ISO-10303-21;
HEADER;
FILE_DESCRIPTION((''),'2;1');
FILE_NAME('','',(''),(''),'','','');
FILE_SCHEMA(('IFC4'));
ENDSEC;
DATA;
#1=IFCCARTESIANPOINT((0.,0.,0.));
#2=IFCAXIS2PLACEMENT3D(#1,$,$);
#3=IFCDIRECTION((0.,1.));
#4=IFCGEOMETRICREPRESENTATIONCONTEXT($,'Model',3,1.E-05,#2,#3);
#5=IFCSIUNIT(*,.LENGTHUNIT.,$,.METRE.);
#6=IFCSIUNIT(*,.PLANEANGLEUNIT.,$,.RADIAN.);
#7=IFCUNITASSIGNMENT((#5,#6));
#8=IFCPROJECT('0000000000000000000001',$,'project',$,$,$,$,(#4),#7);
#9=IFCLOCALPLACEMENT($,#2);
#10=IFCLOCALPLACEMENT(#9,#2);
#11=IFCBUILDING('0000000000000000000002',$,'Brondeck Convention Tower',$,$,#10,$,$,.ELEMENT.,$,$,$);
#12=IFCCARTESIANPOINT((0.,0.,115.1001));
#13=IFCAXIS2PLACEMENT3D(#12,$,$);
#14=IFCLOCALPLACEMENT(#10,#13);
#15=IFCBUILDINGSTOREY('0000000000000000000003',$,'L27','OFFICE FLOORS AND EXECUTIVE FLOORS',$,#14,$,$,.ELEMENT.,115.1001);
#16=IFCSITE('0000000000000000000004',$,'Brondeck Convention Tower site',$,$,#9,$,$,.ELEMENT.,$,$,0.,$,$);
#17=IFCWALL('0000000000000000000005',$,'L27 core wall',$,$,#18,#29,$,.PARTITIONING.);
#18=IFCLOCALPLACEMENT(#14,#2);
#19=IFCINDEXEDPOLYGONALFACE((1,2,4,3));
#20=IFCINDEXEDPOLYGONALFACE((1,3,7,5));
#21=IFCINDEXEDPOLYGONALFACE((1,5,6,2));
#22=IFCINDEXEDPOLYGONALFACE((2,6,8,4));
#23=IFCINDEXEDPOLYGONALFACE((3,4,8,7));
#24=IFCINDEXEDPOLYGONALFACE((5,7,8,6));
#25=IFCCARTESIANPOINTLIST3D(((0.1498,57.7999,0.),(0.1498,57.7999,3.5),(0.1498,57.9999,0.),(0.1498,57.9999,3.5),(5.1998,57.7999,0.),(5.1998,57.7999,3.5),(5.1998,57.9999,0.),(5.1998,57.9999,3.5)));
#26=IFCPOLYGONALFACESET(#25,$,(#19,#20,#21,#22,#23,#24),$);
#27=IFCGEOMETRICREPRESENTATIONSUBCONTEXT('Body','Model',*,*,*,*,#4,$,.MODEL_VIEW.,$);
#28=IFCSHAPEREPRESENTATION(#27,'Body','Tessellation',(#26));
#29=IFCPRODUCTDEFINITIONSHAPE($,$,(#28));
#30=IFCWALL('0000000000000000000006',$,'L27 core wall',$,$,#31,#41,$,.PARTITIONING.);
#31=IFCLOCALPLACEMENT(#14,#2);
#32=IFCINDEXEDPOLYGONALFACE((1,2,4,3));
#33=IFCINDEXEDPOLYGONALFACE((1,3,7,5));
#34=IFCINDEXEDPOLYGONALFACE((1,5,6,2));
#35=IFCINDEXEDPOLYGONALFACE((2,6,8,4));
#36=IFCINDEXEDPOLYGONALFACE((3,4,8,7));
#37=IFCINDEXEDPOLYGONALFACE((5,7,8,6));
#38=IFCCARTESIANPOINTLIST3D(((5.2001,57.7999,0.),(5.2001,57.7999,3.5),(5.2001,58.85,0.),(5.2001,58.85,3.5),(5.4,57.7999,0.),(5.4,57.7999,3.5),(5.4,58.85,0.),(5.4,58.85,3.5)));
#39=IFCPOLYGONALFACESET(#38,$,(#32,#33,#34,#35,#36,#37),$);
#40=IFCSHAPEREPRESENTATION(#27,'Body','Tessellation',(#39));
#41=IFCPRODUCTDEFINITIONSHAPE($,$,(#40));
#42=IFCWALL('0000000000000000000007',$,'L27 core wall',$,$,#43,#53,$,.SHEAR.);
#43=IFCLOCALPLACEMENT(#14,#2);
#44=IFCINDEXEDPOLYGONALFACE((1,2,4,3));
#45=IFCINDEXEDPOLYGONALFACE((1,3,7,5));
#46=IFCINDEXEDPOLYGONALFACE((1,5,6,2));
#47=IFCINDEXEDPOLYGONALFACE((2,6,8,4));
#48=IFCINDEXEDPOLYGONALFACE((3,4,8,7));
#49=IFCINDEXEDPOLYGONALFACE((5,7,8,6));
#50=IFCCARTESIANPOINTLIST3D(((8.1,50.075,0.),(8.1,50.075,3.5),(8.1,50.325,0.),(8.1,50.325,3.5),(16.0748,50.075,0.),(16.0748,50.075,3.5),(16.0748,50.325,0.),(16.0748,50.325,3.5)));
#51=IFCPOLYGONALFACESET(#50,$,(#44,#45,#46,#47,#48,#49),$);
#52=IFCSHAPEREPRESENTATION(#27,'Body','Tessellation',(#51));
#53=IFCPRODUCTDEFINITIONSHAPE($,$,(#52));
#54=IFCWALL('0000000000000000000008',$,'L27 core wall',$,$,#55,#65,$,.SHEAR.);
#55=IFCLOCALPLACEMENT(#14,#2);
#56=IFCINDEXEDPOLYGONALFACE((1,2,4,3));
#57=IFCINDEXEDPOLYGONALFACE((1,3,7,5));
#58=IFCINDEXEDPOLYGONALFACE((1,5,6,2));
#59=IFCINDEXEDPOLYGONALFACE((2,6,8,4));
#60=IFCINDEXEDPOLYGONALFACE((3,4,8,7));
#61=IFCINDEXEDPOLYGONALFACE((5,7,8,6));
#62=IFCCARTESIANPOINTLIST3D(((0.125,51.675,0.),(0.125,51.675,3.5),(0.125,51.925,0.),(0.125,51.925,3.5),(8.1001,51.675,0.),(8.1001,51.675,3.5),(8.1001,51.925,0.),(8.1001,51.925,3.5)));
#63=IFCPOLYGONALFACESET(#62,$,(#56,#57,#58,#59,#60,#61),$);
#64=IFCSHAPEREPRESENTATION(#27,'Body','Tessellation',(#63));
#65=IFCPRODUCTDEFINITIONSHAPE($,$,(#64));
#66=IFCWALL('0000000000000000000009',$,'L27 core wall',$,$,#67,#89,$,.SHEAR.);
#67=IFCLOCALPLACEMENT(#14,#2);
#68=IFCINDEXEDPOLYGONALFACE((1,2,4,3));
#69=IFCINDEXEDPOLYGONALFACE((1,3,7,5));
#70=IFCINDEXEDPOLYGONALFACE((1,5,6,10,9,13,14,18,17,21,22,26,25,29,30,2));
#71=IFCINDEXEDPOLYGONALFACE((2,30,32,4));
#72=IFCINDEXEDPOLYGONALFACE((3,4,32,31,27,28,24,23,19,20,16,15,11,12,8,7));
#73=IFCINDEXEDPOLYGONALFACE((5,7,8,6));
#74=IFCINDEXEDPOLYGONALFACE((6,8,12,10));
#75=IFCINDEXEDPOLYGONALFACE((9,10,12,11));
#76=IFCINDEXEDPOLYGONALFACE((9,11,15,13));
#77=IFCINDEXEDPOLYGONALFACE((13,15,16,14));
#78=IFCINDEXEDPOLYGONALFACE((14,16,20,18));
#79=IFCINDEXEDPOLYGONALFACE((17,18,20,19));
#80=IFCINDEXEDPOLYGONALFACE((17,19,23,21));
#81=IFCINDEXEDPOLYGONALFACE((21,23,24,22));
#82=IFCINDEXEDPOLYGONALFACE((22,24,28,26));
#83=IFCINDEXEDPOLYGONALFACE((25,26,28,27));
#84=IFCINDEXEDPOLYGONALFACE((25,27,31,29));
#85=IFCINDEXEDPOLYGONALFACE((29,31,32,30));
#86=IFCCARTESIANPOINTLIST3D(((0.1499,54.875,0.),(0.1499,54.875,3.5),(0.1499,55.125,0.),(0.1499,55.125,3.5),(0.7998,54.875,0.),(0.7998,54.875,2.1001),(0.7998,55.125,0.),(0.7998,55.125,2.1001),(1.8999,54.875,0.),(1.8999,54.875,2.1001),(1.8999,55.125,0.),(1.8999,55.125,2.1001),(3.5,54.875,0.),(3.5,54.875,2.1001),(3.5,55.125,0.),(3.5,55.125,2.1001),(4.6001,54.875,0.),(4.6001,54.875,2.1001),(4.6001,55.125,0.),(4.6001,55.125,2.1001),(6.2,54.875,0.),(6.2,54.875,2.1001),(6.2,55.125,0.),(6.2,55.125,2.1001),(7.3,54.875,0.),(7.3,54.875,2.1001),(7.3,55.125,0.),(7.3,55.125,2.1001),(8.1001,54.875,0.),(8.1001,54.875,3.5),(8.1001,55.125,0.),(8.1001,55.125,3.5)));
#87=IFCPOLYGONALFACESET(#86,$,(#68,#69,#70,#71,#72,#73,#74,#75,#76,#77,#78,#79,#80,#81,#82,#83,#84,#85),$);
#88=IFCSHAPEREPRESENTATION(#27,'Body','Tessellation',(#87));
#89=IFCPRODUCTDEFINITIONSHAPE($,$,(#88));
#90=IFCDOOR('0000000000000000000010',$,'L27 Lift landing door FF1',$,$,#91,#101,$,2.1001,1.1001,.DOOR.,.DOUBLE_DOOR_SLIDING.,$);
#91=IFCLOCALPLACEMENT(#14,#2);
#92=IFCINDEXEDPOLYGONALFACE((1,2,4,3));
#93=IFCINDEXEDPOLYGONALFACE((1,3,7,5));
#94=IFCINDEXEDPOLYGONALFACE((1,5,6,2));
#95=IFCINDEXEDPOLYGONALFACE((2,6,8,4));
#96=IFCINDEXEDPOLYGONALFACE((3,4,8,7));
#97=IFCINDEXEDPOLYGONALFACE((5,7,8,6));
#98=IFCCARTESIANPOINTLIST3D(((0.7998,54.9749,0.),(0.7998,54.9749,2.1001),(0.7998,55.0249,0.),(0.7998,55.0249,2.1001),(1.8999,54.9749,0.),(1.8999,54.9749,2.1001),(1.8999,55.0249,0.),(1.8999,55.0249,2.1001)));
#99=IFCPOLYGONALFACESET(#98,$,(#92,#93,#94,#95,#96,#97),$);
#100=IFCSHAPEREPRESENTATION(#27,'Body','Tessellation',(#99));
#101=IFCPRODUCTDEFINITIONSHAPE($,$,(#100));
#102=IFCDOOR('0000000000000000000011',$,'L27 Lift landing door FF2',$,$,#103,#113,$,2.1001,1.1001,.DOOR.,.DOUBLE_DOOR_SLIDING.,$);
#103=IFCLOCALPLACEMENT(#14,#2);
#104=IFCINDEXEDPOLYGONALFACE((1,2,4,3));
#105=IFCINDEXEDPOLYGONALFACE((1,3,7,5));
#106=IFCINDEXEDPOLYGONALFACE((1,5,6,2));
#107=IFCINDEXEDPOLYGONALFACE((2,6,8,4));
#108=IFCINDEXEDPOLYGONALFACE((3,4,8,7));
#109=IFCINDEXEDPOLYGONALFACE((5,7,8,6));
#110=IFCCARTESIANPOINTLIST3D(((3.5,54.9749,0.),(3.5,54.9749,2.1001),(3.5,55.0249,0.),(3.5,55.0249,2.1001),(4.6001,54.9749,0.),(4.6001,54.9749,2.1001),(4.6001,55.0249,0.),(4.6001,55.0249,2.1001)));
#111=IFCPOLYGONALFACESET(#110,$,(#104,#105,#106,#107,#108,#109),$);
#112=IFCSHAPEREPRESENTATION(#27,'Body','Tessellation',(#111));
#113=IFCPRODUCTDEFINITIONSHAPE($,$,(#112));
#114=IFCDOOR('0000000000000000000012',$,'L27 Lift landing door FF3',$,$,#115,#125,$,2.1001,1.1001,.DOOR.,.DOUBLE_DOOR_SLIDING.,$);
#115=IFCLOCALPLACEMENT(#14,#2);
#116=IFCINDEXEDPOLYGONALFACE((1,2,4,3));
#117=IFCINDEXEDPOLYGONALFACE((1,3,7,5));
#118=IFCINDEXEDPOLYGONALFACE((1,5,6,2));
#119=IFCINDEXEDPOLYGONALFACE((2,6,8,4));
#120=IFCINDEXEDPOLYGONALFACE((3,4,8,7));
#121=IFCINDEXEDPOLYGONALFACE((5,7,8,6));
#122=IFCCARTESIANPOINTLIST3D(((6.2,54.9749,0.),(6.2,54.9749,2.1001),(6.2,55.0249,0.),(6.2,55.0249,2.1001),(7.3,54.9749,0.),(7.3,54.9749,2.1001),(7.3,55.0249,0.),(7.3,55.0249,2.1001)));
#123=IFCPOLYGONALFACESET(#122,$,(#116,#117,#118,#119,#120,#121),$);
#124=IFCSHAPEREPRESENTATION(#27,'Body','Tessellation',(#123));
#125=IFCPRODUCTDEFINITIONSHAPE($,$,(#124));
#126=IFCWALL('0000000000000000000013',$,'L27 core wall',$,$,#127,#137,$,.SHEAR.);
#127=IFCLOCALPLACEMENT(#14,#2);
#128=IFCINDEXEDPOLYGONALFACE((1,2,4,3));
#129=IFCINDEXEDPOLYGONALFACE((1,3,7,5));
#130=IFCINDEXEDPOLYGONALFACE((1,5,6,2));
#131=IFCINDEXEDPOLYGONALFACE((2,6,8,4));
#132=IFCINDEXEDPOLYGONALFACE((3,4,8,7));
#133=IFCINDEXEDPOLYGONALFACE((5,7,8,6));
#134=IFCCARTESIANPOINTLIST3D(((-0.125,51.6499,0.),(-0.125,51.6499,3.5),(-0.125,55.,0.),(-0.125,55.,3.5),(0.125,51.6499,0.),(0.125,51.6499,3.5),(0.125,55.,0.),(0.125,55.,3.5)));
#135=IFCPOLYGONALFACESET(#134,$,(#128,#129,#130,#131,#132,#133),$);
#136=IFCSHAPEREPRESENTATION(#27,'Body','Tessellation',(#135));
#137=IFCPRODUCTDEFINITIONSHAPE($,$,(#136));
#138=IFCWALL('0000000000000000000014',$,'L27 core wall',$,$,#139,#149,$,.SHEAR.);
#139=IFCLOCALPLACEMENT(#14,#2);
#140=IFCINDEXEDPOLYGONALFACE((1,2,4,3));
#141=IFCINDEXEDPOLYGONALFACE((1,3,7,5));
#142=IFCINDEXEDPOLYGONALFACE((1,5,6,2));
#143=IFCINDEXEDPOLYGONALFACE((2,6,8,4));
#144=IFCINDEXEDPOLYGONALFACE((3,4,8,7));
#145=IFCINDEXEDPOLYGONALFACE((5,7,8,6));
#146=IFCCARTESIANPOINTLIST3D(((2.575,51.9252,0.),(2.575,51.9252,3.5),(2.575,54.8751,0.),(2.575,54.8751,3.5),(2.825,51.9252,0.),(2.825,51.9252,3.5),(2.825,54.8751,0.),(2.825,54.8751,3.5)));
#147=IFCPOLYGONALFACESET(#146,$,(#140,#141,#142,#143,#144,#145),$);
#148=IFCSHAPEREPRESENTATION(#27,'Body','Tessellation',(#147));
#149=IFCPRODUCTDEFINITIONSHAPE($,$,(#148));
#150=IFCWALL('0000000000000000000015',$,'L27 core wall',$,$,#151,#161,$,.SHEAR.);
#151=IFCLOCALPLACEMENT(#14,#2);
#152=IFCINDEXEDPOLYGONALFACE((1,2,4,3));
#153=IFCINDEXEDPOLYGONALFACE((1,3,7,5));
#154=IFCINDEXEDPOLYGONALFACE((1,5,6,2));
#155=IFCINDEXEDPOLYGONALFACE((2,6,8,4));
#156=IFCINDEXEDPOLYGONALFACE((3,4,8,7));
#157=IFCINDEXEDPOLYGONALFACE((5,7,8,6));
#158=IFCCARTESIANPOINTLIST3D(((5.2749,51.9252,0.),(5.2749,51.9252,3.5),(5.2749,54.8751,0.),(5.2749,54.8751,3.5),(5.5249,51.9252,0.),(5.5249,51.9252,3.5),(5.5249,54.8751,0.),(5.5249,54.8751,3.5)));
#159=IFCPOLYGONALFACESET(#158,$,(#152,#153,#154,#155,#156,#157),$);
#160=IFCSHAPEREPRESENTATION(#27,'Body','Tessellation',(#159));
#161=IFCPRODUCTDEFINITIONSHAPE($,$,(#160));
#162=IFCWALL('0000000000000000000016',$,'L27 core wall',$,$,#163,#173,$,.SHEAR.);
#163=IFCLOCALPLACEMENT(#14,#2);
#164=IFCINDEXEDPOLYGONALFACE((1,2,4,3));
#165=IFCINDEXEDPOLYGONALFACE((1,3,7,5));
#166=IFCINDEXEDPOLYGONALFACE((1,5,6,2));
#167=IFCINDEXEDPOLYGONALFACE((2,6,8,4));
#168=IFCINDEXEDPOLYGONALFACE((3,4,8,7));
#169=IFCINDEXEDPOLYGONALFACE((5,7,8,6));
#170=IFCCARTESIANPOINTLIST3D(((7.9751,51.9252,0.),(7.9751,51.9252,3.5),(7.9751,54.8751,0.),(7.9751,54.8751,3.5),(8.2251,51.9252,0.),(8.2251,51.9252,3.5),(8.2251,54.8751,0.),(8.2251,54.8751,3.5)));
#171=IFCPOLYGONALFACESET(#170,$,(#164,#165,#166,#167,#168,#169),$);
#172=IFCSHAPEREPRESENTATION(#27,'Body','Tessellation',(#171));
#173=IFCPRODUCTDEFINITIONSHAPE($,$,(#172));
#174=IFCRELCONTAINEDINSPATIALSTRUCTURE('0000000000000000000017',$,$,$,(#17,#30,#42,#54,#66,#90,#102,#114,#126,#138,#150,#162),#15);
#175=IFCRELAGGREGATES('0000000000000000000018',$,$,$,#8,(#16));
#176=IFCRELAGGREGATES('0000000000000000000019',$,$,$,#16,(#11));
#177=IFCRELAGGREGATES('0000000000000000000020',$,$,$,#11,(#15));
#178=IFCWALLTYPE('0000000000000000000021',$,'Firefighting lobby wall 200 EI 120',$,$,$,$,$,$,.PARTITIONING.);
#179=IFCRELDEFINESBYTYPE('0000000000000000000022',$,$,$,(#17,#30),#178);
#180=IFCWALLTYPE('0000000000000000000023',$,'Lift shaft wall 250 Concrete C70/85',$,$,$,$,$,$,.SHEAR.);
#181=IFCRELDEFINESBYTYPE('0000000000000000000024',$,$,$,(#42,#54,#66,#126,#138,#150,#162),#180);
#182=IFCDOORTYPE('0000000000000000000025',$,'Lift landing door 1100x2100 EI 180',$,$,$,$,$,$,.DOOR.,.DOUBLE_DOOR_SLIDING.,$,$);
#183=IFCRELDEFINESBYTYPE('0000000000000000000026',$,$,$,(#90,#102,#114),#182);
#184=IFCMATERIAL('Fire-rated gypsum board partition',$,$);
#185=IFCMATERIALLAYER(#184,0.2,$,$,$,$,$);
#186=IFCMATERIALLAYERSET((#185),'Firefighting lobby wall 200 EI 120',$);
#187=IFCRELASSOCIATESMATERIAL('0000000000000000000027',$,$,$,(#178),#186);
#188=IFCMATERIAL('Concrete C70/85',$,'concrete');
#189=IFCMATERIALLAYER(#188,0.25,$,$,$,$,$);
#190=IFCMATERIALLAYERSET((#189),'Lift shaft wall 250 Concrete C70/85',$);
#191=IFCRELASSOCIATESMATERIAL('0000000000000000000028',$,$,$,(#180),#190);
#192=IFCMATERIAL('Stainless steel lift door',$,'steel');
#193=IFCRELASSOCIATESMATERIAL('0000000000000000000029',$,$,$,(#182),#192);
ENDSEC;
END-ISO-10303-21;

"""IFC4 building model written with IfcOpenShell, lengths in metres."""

from ifc_helpers import new_model, si_unit, direction, frame, frame_2d, origin, place, context, subcontext, project, spatial, rectangle, extrude, material, layer, layer_set, type_object, element, fill, save


model = new_model("IFC4")

# Units and contexts
model_context = context("Model", 3, precision=1e-05, world=origin(), true_north=direction((0.0, 1.0)))
body_context = subcontext(model_context, "Body", "Model", "MODEL_VIEW")
ifc_project = project(units=[si_unit("LENGTHUNIT", "METRE"), si_unit("PLANEANGLEUNIT", "RADIAN")], contexts=[model_context])

# Site, building, storey
site_placement = place(None, origin())
site = spatial("IfcSite", under=ifc_project, at=site_placement, Name="Brondeck Convention Tower site", CompositionType="ELEMENT", RefElevation=0.0)
building_placement = place(site_placement, origin())
building = spatial("IfcBuilding", under=site, at=building_placement, Name="Brondeck Convention Tower", CompositionType="ELEMENT")
storey_placement = place(building_placement, frame((0.0, 0.0, 115.1001)))
storey = spatial("IfcBuildingStorey", under=building, at=storey_placement, Name="L27", Description="OFFICE FLOORS AND EXECUTIVE FLOORS", CompositionType="ELEMENT", Elevation=115.1001)

# Shared definitions
ifc_material_1 = material(Name="Concrete C70/85", Category="concrete")

# Shared definitions
ifc_material_2 = material(Name="Fire-rated gypsum board partition")

# Shared definitions
ifc_layer_1 = layer(ifc_material_2, 0.2)
ifc_layer_set_1 = layer_set([ifc_layer_1], Name="Firefighting lobby wall 200 EI 120")
wall_type_1 = type_object("IfcWallType", Name="Firefighting lobby wall 200 EI 120", PredefinedType="PARTITIONING", material=ifc_layer_set_1)

# Walls
wall_1_placement = place(storey_placement, frame((0.1499, 57.8999, 0.0), z_axis=(0.0, 0.0, 1.0), x_axis=(1.0, 0.0, 0.0)))
element("IfcWall", 1, at=wall_1_placement, inside=storey, type_object=wall_type_1, Name="L27 core wall", PredefinedType="PARTITIONING", context=body_context, shape_type="SweptSolid", body=[
    extrude(rectangle(XDim=5.05, YDim=0.2, at=frame_2d((2.5249, 0.0))), origin(), (0.0, 0.0, 1.0), 3.5),
])
wall_2_placement = place(storey_placement, frame((5.3, 57.8, 0.0), z_axis=(0.0, 0.0, 1.0), x_axis=(0.0, 1.0, 0.0)))
element("IfcWall", 2, at=wall_2_placement, inside=storey, type_object=wall_type_1, Name="L27 core wall", PredefinedType="PARTITIONING", context=body_context, shape_type="SweptSolid", body=[
    extrude(rectangle(XDim=1.05, YDim=0.2, at=frame_2d((0.5249, 0.0))), origin(), (0.0, 0.0, 1.0), 3.5),
])
ifc_layer_2 = layer(ifc_material_1, 0.25)
ifc_layer_set_2 = layer_set([ifc_layer_2], Name="Lift shaft wall 250 Concrete C70/85")
wall_type_2 = type_object("IfcWallType", Name="Lift shaft wall 250 Concrete C70/85", PredefinedType="SHEAR", material=ifc_layer_set_2)
wall_3_placement = place(storey_placement, frame((8.1001, 50.2, 0.0), z_axis=(0.0, 0.0, 1.0), x_axis=(1.0, 0.0, 0.0)))
element("IfcWall", 3, at=wall_3_placement, inside=storey, type_object=wall_type_2, Name="L27 core wall", PredefinedType="SHEAR", context=body_context, shape_type="SweptSolid", body=[
    extrude(rectangle(XDim=7.9749, YDim=0.25, at=frame_2d((3.9873, 0.0))), origin(), (0.0, 0.0, 1.0), 3.5),
])
wall_4_placement = place(storey_placement, frame((0.125, 51.8, 0.0), z_axis=(0.0, 0.0, 1.0), x_axis=(1.0, 0.0, 0.0)))
element("IfcWall", 4, at=wall_4_placement, inside=storey, type_object=wall_type_2, Name="L27 core wall", PredefinedType="SHEAR", context=body_context, shape_type="SweptSolid", body=[
    extrude(rectangle(XDim=7.9751, YDim=0.25, at=frame_2d((3.9875, 0.0))), origin(), (0.0, 0.0, 1.0), 3.5),
])

# Wall, openings, doors
wall_5_placement = place(storey_placement, frame((0.1499, 55.0, 0.0), z_axis=(0.0, 0.0, 1.0), x_axis=(1.0, 0.0, 0.0)))
wall_5 = element("IfcWall", 5, at=wall_5_placement, inside=storey, type_object=wall_type_2, Name="L27 core wall", PredefinedType="SHEAR", context=body_context, shape_type="SweptSolid", body=[
    extrude(rectangle(XDim=7.9502, YDim=0.25, at=frame_2d((3.9751, 0.0))), origin(), (0.0, 0.0, 1.0), 3.5),
])
opening_1_placement = place(wall_5_placement, frame((0.6499, 0.0, 0.0)))
opening_1 = element("IfcOpeningElement", 6, at=opening_1_placement, cuts=wall_5, PredefinedType="OPENING", context=body_context, shape_type="SweptSolid", body=[
    extrude(rectangle(XDim=1.1001, YDim=2.1001, at=frame_2d((0.55, 1.05))), frame((0.0, 0.135, 0.0), z_axis=(0.0, -1.0, 0.0), x_axis=(1.0, 0.0, 0.0)), (0.0, 0.0, 1.0), 0.27),
])
opening_2_placement = place(wall_5_placement, frame((3.3501, 0.0, 0.0)))
opening_2 = element("IfcOpeningElement", 7, at=opening_2_placement, cuts=wall_5, PredefinedType="OPENING", context=body_context, shape_type="SweptSolid", body=[
    extrude(rectangle(XDim=1.1001, YDim=2.1001, at=frame_2d((0.55, 1.05))), frame((0.0, 0.135, 0.0), z_axis=(0.0, -1.0, 0.0), x_axis=(1.0, 0.0, 0.0)), (0.0, 0.0, 1.0), 0.27),
])
opening_3_placement = place(wall_5_placement, frame((6.05, 0.0, 0.0)))
opening_3 = element("IfcOpeningElement", 8, at=opening_3_placement, cuts=wall_5, PredefinedType="OPENING", context=body_context, shape_type="SweptSolid", body=[
    extrude(rectangle(XDim=1.1001, YDim=2.1001, at=frame_2d((0.55, 1.05))), frame((0.0, 0.135, 0.0), z_axis=(0.0, -1.0, 0.0), x_axis=(1.0, 0.0, 0.0)), (0.0, 0.0, 1.0), 0.27),
])
ifc_material_3 = material(Name="Stainless steel lift door", Category="steel")
door_type_1 = type_object("IfcDoorType", Name="Lift landing door 1100x2100 EI 180", OperationType="DOUBLE_DOOR_SLIDING", PredefinedType="DOOR", material=ifc_material_3)
door_1_placement = place(opening_1_placement, origin())
door_1 = element("IfcDoor", 9, at=door_1_placement, inside=storey, type_object=door_type_1, Name="L27 Lift landing door FF1", OperationType="DOUBLE_DOOR_SLIDING", OverallHeight=2.1001, OverallWidth=1.1001, PredefinedType="DOOR", context=body_context, shape_type="SweptSolid", body=[
    extrude(rectangle(XDim=1.1001, YDim=2.1001, at=frame_2d((0.55, 1.05))), frame((0.0, 0.0249, 0.0), z_axis=(0.0, -1.0, 0.0), x_axis=(1.0, 0.0, 0.0)), (0.0, 0.0, 1.0), 0.05),
])
fill(opening_1, door_1)
door_2_placement = place(opening_2_placement, origin())
door_2 = element("IfcDoor", 10, at=door_2_placement, inside=storey, type_object=door_type_1, Name="L27 Lift landing door FF2", OperationType="DOUBLE_DOOR_SLIDING", OverallHeight=2.1001, OverallWidth=1.1001, PredefinedType="DOOR", context=body_context, shape_type="SweptSolid", body=[
    extrude(rectangle(XDim=1.1001, YDim=2.1001, at=frame_2d((0.55, 1.05))), frame((0.0, 0.0249, 0.0), z_axis=(0.0, -1.0, 0.0), x_axis=(1.0, 0.0, 0.0)), (0.0, 0.0, 1.0), 0.05),
])
fill(opening_2, door_2)
door_3_placement = place(opening_3_placement, origin())
door_3 = element("IfcDoor", 11, at=door_3_placement, inside=storey, type_object=door_type_1, Name="L27 Lift landing door FF3", OperationType="DOUBLE_DOOR_SLIDING", OverallHeight=2.1001, OverallWidth=1.1001, PredefinedType="DOOR", context=body_context, shape_type="SweptSolid", body=[
    extrude(rectangle(XDim=1.1001, YDim=2.1001, at=frame_2d((0.55, 1.05))), frame((0.0, 0.0249, 0.0), z_axis=(0.0, -1.0, 0.0), x_axis=(1.0, 0.0, 0.0)), (0.0, 0.0, 1.0), 0.05),
])
fill(opening_3, door_3)

# Walls
wall_6_placement = place(storey_placement, frame((0.0, 51.6499, 0.0), z_axis=(0.0, 0.0, 1.0), x_axis=(0.0, 1.0, 0.0)))
element("IfcWall", 12, at=wall_6_placement, inside=storey, type_object=wall_type_2, Name="L27 core wall", PredefinedType="SHEAR", context=body_context, shape_type="SweptSolid", body=[
    extrude(rectangle(XDim=3.3501, YDim=0.25, at=frame_2d((1.675, 0.0))), origin(), (0.0, 0.0, 1.0), 3.5),
])
for number, where, z_axis, x_axis, name in (
    (13, (2.7, 51.925, 0.0), (0.0, 0.0, 1.0), (0.0, 1.0, 0.0), "L27 core wall"),
    (14, (5.3999, 51.925, 0.0), (0.0, 0.0, 1.0), (0.0, 1.0, 0.0), "L27 core wall"),
    (15, (8.1001, 51.925, 0.0), (0.0, 0.0, 1.0), (0.0, 1.0, 0.0), "L27 core wall"),
):
    element("IfcWall", number, at=place(storey_placement, frame(where, z_axis=z_axis, x_axis=x_axis)), inside=storey, type_object=wall_type_2, Name=name, PredefinedType="SHEAR", context=body_context, shape_type="SweptSolid", body=[
        extrude(rectangle(XDim=2.95, YDim=0.25, at=frame_2d((1.4751, 0.0))), origin(), (0.0, 0.0, 1.0), 3.5),
    ])

save(model, "model.ifc")
